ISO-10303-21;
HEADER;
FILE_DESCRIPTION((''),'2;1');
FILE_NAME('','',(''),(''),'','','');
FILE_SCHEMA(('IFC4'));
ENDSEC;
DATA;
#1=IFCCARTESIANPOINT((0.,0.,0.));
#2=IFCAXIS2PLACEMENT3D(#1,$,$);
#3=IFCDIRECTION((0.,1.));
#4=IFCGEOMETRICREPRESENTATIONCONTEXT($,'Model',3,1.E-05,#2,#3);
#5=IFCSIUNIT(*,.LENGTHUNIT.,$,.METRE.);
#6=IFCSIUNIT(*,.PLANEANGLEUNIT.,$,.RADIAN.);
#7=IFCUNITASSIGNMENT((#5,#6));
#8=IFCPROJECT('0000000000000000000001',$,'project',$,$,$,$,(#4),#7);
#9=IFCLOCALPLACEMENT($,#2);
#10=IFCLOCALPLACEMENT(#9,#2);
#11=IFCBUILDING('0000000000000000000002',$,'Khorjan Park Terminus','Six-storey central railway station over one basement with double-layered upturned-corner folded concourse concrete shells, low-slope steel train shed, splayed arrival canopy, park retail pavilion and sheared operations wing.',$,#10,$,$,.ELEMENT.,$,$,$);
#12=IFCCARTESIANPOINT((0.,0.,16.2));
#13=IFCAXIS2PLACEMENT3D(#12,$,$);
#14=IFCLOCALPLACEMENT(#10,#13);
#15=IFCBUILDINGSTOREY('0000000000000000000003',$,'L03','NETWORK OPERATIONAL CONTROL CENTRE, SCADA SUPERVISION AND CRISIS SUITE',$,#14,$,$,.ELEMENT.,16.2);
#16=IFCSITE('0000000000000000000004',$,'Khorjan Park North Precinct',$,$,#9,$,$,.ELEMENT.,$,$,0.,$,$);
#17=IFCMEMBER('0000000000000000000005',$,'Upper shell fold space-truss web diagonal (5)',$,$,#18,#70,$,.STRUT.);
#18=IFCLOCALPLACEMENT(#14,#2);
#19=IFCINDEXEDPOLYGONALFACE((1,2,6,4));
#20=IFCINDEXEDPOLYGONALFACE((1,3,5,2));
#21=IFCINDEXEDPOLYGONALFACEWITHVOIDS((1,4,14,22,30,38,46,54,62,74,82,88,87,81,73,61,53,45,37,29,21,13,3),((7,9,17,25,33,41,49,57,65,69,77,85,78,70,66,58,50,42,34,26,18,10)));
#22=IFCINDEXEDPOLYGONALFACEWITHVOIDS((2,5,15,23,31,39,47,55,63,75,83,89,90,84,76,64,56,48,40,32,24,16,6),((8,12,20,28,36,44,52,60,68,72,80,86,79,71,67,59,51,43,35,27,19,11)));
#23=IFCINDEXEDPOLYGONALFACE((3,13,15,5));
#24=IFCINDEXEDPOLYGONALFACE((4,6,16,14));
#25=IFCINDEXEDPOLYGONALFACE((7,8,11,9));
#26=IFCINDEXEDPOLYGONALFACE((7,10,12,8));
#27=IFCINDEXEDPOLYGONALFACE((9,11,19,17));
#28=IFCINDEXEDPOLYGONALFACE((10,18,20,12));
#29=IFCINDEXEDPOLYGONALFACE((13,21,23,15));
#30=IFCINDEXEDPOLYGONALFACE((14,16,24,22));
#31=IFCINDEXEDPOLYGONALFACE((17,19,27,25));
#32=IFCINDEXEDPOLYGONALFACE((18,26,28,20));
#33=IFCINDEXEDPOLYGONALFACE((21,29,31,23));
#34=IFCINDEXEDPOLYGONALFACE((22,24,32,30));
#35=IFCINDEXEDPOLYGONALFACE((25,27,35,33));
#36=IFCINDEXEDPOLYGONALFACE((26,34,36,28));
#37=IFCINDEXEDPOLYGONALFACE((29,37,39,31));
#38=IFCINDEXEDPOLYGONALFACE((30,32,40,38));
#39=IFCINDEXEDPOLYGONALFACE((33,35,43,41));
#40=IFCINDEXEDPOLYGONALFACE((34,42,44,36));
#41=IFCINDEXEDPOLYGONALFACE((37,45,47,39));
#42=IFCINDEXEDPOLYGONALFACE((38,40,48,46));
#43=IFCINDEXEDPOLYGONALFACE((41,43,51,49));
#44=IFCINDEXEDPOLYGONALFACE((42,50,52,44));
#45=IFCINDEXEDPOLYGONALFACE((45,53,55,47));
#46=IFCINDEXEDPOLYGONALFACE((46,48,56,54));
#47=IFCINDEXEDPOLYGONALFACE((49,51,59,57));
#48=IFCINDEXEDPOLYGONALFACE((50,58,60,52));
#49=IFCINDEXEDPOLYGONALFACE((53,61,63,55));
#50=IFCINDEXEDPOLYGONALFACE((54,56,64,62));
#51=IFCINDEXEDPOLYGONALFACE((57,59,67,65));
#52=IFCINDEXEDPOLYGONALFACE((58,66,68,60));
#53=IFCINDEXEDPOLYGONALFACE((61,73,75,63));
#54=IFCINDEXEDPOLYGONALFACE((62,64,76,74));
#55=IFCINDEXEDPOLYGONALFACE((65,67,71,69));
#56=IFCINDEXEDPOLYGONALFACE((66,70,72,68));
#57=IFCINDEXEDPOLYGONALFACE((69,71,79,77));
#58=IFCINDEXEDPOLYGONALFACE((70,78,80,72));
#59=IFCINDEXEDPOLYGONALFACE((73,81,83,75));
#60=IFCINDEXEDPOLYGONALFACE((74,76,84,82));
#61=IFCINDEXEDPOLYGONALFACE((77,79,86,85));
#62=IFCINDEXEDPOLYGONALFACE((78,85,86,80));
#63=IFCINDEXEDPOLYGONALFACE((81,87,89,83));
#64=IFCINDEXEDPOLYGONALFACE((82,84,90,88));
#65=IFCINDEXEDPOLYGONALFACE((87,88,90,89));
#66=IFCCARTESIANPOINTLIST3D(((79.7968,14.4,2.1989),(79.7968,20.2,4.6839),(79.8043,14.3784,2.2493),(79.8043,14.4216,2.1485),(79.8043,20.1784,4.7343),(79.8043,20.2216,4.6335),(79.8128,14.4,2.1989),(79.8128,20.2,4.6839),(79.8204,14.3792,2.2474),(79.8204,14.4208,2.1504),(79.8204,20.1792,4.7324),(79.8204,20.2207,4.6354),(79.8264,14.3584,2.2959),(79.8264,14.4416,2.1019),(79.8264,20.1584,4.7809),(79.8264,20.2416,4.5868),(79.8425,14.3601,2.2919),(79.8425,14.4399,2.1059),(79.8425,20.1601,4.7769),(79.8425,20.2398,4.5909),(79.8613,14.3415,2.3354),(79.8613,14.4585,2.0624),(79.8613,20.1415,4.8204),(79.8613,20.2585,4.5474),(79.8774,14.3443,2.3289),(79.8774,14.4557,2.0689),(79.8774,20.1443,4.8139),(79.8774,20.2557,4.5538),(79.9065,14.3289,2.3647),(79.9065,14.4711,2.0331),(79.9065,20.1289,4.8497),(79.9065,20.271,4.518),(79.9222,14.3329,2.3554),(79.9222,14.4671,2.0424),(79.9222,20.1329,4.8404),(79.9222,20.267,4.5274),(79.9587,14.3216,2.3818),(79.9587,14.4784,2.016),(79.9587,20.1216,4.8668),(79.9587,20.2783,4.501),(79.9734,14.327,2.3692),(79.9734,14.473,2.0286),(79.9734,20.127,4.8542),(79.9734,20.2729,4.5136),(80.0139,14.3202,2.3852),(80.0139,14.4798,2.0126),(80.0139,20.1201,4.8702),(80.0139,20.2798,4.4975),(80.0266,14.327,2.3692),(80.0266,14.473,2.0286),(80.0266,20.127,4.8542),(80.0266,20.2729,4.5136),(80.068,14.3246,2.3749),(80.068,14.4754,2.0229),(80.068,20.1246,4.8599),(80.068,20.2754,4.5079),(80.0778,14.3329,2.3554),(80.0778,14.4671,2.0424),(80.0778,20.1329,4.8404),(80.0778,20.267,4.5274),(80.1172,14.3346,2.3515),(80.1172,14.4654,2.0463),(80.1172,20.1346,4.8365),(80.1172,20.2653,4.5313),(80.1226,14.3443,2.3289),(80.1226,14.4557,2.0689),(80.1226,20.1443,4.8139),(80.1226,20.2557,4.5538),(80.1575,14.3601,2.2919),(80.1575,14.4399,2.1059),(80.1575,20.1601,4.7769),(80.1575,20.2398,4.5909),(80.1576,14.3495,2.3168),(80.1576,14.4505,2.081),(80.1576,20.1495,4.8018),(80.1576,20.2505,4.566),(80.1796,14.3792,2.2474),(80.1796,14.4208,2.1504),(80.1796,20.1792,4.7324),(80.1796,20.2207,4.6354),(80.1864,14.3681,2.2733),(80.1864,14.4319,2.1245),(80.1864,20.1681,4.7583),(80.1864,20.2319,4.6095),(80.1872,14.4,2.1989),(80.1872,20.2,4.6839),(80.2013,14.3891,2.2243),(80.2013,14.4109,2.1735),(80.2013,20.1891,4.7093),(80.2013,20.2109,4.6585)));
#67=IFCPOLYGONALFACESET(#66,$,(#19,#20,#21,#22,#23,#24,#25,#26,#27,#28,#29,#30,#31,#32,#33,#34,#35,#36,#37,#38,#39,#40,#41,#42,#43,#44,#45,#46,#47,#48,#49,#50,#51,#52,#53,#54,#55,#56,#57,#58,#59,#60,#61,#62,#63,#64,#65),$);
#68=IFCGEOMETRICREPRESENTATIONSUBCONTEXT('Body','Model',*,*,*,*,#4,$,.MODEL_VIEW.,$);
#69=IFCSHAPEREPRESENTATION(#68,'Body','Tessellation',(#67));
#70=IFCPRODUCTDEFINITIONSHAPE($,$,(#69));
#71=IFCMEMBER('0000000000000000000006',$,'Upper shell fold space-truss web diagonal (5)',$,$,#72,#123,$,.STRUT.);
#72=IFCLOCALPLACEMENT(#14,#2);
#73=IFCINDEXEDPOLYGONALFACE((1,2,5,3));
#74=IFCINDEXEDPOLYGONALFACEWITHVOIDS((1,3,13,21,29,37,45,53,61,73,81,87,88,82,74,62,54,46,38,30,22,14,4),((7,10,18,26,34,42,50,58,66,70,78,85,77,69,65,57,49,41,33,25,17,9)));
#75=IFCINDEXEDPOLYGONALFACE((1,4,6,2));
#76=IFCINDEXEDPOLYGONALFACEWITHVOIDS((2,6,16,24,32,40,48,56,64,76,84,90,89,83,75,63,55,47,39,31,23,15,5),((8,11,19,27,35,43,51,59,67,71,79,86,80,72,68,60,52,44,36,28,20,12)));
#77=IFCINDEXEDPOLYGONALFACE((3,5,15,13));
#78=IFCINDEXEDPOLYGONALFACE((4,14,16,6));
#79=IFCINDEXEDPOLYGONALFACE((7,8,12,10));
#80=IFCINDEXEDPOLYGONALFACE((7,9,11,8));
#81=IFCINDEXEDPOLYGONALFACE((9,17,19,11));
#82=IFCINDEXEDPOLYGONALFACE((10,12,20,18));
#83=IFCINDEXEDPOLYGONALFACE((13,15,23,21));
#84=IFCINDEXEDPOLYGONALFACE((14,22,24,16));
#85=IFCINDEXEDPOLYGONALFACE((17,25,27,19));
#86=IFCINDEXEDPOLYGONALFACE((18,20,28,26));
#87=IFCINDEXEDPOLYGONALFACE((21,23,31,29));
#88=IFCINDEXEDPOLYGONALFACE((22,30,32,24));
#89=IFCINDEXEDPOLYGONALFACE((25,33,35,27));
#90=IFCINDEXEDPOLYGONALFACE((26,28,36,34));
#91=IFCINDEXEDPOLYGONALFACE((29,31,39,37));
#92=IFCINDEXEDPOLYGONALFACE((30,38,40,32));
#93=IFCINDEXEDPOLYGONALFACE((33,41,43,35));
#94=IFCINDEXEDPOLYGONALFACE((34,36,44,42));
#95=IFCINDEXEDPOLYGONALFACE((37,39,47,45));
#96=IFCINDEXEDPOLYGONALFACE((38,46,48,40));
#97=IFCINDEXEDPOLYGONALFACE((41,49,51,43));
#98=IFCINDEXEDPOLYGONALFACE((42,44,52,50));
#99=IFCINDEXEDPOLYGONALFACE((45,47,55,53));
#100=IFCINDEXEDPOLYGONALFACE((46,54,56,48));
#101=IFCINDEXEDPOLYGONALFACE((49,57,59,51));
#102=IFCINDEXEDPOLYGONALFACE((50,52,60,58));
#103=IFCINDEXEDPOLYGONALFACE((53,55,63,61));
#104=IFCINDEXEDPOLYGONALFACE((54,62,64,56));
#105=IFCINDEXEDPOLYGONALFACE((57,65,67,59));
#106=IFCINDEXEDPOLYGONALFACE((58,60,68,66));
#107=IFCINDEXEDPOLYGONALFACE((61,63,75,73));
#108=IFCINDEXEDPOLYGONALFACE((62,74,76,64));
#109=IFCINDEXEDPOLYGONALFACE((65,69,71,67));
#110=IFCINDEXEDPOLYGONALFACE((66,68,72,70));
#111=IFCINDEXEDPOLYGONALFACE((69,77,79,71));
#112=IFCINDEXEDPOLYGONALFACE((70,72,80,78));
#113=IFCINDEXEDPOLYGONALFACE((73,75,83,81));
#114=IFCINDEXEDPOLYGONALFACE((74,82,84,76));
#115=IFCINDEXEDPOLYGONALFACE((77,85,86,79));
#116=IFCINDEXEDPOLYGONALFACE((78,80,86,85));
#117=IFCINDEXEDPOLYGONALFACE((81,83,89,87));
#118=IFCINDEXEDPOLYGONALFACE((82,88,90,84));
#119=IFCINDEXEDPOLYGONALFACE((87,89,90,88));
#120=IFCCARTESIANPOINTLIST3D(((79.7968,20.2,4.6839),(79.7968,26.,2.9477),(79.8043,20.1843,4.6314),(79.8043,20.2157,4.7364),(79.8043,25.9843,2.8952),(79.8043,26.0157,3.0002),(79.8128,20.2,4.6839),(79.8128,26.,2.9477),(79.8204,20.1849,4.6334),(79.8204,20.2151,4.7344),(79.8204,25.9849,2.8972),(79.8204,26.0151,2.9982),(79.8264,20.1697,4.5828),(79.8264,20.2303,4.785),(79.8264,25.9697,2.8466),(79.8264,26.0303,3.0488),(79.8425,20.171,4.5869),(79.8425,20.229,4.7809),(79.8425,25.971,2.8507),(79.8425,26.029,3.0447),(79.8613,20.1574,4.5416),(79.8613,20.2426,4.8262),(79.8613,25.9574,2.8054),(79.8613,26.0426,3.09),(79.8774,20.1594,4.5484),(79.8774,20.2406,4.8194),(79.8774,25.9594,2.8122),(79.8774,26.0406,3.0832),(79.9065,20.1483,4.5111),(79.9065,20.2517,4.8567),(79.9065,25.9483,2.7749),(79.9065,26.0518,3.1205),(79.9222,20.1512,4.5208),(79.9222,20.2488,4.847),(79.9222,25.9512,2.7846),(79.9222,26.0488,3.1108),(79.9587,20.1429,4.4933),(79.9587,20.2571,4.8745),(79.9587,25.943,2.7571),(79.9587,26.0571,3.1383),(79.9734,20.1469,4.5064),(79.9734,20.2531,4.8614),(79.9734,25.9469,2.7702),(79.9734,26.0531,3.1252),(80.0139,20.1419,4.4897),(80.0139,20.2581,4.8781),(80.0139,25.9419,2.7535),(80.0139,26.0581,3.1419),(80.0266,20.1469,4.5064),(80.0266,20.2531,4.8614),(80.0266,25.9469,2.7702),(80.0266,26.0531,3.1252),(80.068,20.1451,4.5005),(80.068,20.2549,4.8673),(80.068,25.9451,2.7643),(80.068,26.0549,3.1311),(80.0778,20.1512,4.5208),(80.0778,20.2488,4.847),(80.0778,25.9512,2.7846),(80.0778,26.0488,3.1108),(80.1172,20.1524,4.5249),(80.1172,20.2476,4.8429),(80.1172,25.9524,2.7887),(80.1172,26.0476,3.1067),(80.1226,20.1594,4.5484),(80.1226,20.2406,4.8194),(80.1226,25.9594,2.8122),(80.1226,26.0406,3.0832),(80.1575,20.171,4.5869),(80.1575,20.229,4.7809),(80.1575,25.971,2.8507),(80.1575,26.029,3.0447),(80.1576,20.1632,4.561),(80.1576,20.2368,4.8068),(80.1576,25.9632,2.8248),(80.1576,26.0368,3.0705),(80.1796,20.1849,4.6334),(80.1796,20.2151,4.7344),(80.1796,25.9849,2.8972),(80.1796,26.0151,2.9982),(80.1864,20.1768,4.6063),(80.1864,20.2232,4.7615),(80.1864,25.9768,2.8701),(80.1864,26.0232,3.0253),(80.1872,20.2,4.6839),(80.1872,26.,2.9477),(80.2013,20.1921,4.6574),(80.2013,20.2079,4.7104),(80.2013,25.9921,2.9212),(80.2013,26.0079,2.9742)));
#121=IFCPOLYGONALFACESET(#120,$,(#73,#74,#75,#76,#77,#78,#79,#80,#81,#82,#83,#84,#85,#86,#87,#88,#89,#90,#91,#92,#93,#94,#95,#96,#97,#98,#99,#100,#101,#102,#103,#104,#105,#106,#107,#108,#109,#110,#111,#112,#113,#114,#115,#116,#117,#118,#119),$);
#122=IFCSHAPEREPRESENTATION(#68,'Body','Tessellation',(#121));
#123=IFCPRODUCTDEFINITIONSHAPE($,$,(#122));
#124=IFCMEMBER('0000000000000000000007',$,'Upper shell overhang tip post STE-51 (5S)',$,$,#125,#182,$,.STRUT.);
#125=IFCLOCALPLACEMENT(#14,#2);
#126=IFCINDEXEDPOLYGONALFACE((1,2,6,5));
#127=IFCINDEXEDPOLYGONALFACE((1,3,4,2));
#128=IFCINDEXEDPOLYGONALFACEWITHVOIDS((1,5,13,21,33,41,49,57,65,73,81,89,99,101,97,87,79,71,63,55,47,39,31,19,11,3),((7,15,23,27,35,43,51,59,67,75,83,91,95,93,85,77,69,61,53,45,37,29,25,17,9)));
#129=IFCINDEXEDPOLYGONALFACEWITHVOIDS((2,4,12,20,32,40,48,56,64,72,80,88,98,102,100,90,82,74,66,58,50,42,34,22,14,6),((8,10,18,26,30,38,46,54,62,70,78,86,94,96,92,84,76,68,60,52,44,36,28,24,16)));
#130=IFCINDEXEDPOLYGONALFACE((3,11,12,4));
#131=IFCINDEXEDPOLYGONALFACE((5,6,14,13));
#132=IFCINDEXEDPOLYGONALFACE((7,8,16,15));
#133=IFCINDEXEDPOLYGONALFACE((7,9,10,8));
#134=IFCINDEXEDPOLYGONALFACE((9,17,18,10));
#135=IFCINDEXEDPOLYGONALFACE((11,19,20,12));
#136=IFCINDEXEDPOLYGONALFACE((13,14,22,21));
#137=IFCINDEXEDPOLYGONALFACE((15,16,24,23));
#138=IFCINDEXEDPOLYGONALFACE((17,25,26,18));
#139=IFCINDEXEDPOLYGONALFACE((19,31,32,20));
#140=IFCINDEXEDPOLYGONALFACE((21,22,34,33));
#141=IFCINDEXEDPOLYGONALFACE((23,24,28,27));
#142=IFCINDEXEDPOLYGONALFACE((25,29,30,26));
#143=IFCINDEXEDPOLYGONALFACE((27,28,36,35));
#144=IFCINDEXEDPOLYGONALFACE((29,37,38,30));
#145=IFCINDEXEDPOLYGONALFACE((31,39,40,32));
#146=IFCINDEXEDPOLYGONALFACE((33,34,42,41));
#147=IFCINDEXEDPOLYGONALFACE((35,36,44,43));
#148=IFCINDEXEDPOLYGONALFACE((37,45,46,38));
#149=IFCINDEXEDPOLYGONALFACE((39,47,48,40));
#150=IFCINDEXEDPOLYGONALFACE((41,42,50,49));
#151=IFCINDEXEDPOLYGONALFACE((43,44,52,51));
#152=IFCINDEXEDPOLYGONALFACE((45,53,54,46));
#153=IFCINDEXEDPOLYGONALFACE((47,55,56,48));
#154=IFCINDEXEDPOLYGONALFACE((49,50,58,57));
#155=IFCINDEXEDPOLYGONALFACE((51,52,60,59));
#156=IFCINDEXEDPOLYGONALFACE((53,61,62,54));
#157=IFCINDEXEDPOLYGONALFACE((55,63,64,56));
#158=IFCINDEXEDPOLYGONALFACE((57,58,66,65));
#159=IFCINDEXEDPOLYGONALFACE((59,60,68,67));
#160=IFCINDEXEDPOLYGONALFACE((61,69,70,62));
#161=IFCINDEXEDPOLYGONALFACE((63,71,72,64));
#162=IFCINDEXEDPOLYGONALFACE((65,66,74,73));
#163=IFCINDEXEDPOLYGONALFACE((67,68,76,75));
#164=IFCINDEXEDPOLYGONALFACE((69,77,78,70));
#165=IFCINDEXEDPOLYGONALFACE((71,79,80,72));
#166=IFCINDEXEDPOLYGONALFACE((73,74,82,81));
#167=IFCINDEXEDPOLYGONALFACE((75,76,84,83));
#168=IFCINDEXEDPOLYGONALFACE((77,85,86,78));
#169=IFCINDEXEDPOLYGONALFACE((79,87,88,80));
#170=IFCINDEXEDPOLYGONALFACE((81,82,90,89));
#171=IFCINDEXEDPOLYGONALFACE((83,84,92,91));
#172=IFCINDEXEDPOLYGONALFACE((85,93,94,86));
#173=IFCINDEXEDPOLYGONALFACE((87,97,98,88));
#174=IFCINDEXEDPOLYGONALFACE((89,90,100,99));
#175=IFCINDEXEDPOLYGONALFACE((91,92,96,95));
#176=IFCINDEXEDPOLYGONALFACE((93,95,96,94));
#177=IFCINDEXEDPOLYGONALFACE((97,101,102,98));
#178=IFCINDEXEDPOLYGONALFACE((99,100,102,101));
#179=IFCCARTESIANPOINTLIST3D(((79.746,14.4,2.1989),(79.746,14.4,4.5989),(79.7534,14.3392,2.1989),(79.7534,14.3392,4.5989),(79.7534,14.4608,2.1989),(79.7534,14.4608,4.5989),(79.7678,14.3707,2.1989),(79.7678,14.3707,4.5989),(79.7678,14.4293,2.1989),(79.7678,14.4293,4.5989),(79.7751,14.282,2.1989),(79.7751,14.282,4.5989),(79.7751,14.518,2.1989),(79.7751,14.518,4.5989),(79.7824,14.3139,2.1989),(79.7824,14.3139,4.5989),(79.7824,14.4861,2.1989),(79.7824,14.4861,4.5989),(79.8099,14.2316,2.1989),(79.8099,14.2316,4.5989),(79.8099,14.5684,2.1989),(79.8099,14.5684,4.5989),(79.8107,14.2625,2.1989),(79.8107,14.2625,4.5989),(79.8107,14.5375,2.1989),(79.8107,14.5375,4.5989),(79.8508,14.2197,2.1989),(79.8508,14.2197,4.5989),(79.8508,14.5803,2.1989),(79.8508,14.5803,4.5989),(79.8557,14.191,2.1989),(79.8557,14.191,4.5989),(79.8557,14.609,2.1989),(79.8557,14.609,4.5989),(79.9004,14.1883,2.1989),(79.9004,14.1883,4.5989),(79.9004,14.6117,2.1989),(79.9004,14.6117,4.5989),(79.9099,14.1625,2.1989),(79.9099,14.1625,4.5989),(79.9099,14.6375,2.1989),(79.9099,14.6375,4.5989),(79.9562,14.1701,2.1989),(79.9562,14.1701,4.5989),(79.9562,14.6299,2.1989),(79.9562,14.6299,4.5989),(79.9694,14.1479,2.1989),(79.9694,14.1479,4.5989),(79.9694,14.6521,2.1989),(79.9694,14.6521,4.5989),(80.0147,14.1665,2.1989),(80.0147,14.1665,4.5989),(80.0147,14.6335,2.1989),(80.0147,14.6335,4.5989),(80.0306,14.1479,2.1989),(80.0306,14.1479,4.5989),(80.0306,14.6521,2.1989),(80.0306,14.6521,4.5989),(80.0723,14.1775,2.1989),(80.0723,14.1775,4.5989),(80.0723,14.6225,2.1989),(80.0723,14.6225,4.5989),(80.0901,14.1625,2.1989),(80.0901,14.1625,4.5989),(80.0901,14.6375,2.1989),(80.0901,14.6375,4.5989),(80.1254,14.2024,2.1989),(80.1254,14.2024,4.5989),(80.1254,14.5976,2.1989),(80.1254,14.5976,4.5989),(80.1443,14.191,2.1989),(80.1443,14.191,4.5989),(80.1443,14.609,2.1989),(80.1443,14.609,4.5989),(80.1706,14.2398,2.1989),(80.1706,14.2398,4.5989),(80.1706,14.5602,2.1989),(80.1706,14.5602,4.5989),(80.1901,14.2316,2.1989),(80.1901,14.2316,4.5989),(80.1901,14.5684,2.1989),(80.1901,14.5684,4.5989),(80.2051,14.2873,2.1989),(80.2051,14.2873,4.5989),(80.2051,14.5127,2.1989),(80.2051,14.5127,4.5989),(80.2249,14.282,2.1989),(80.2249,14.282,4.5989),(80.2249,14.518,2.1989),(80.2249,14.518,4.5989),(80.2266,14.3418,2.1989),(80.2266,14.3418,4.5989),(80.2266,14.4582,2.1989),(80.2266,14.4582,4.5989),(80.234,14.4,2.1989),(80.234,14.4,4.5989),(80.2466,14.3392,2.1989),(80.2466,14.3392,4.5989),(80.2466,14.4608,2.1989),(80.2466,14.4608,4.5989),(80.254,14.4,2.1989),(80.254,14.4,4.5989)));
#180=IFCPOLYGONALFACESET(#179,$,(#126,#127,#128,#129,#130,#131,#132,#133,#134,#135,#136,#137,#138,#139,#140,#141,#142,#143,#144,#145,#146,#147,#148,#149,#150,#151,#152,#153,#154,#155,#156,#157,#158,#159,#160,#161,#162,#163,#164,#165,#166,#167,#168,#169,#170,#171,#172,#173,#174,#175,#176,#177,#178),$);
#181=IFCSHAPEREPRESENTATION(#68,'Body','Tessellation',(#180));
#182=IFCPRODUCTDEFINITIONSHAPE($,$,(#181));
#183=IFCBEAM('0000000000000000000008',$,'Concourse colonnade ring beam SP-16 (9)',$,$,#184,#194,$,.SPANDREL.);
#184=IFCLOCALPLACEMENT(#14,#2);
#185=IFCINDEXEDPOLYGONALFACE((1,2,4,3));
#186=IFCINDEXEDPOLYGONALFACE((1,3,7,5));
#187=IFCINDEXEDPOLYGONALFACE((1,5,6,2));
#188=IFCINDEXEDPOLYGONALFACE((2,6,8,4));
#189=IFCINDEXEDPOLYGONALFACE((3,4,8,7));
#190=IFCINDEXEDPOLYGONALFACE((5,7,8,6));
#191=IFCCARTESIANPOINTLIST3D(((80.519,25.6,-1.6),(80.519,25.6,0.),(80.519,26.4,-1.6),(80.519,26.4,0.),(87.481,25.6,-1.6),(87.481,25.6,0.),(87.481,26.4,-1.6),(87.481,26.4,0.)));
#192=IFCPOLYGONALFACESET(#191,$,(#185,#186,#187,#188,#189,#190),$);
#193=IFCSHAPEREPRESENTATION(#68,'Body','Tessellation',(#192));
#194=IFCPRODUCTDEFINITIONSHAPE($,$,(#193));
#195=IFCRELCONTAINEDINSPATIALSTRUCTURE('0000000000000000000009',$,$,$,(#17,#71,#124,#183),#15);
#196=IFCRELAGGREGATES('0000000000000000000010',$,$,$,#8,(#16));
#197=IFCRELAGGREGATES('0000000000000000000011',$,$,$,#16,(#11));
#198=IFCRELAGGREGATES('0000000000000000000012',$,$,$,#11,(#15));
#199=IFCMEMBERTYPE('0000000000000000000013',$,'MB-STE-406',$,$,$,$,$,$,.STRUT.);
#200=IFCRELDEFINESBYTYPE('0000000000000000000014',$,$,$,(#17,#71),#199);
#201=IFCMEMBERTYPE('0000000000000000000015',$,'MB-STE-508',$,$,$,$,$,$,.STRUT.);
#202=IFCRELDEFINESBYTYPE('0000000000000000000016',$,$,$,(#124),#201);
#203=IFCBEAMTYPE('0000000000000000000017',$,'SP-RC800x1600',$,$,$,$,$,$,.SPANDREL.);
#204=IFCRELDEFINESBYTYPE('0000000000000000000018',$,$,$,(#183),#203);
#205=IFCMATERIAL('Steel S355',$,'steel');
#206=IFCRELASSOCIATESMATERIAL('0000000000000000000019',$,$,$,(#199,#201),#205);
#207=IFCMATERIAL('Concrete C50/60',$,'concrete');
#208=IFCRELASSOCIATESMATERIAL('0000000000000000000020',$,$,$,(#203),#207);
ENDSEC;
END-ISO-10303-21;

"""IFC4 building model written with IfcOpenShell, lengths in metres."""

from ifc_helpers import new_model, si_unit, direction, frame, origin, origin_2d, place, context, subcontext, project, spatial, rectangle, hollow_circle, extrude, material, material_profile, profile_set, type_object, element, save


model = new_model("IFC4")

# Units and contexts
model_context = context("Model", 3, precision=1e-05, world=origin(), true_north=direction((0.0, 1.0)))
body_context = subcontext(model_context, "Body", "Model", "MODEL_VIEW")
ifc_project = project(units=[si_unit("LENGTHUNIT", "METRE"), si_unit("PLANEANGLEUNIT", "RADIAN")], contexts=[model_context])

# Site, building, storey
site_placement = place(None, origin())
site = spatial("IfcSite", under=ifc_project, at=site_placement, Name="Khorjan Park North Precinct", CompositionType="ELEMENT", RefElevation=0.0)
building_placement = place(site_placement, origin())
building = spatial("IfcBuilding", under=site, at=building_placement, Name="Khorjan Park Terminus", Description="Six-storey central railway station over one basement with double-layered upturned-corner folded concourse concrete shells, low-slope steel train shed, splayed arrival canopy, park retail pavilion and sheared operations wing.", CompositionType="ELEMENT")
storey_placement = place(building_placement, frame((0.0, 0.0, 16.2)))
storey = spatial("IfcBuildingStorey", under=building, at=storey_placement, Name="L03", Description="NETWORK OPERATIONAL CONTROL CENTRE, SCADA SUPERVISION AND CRISIS SUITE", CompositionType="ELEMENT", Elevation=16.2)

# Shared definitions
ifc_material_1 = material(Name="Concrete C50/60", Category="concrete")

# Members
ifc_material_2 = material(Name="Steel S355", Category="steel")
ifc_material_profile_1 = material_profile(ifc_material_2, hollow_circle(Radius=0.2032, WallThickness=0.016, at=origin_2d()), Name="CHS 406.4x16")
ifc_profile_set_1 = profile_set([ifc_material_profile_1], Name="Steel S355")
member_type_1 = type_object("IfcMemberType", Name="MB-STE-406", PredefinedType="STRUT", material=ifc_profile_set_1)
member_1_placement = place(storey_placement, frame((80.0, 14.4, 2.1989), z_axis=(0.0, 0.919186, 0.393824), x_axis=(-1.0, 0.0, 0.0)))
element("IfcMember", 1, at=member_1_placement, inside=storey, type_object=member_type_1, Name="Upper shell fold space-truss web diagonal (5)", PredefinedType="STRUT", context=body_context, shape_type="SweptSolid", body=[
    extrude(hollow_circle(Radius=0.2032, WallThickness=0.016, at=origin_2d()), origin(), (0.0, 0.0, 1.0), 6.3099),
])
member_2_placement = place(storey_placement, frame((80.0, 20.2, 4.6839), z_axis=(0.0, 0.957999, -0.286772), x_axis=(-1.0, 0.0, 0.0)))
element("IfcMember", 2, at=member_2_placement, inside=storey, type_object=member_type_1, Name="Upper shell fold space-truss web diagonal (5)", PredefinedType="STRUT", context=body_context, shape_type="SweptSolid", body=[
    extrude(hollow_circle(Radius=0.2032, WallThickness=0.016, at=origin_2d()), origin(), (0.0, 0.0, 1.0), 6.0543),
])
ifc_material_profile_2 = material_profile(ifc_material_2, hollow_circle(Radius=0.254, WallThickness=0.02, at=origin_2d()), Name="CHS 508x20")
ifc_profile_set_2 = profile_set([ifc_material_profile_2], Name="Steel S355")
member_type_2 = type_object("IfcMemberType", Name="MB-STE-508", PredefinedType="STRUT", material=ifc_profile_set_2)
member_3_placement = place(storey_placement, frame((80.0, 14.4, 2.1989), z_axis=(0.0, 0.0, 1.0), x_axis=(1.0, 0.0, 0.0)))
element("IfcMember", 3, at=member_3_placement, inside=storey, type_object=member_type_2, Name="Upper shell overhang tip post STE-51 (5S)", PredefinedType="STRUT", context=body_context, shape_type="SweptSolid", body=[
    extrude(hollow_circle(Radius=0.254, WallThickness=0.02, at=origin_2d()), origin(), (0.0, 0.0, 1.0), 2.4),
])

# Beam
ifc_material_profile_3 = material_profile(ifc_material_1, rectangle(XDim=0.8, YDim=1.6, at=origin_2d()), Name="RC 800x1600")
ifc_profile_set_3 = profile_set([ifc_material_profile_3], Name="Concrete C50/60")
beam_type_1 = type_object("IfcBeamType", Name="SP-RC800x1600", PredefinedType="SPANDREL", material=ifc_profile_set_3)
beam_1_placement = place(storey_placement, frame((80.519, 26.0, -0.8), z_axis=(1.0, 0.0, 0.0), x_axis=(0.0, 1.0, 0.0)))
element("IfcBeam", 4, at=beam_1_placement, inside=storey, type_object=beam_type_1, Name="Concourse colonnade ring beam SP-16 (9)", PredefinedType="SPANDREL", context=body_context, shape_type="SweptSolid", body=[
    extrude(rectangle(XDim=0.8, YDim=1.6, at=origin_2d()), origin(), (0.0, 0.0, 1.0), 6.962),
])

save(model, "model.ifc")
